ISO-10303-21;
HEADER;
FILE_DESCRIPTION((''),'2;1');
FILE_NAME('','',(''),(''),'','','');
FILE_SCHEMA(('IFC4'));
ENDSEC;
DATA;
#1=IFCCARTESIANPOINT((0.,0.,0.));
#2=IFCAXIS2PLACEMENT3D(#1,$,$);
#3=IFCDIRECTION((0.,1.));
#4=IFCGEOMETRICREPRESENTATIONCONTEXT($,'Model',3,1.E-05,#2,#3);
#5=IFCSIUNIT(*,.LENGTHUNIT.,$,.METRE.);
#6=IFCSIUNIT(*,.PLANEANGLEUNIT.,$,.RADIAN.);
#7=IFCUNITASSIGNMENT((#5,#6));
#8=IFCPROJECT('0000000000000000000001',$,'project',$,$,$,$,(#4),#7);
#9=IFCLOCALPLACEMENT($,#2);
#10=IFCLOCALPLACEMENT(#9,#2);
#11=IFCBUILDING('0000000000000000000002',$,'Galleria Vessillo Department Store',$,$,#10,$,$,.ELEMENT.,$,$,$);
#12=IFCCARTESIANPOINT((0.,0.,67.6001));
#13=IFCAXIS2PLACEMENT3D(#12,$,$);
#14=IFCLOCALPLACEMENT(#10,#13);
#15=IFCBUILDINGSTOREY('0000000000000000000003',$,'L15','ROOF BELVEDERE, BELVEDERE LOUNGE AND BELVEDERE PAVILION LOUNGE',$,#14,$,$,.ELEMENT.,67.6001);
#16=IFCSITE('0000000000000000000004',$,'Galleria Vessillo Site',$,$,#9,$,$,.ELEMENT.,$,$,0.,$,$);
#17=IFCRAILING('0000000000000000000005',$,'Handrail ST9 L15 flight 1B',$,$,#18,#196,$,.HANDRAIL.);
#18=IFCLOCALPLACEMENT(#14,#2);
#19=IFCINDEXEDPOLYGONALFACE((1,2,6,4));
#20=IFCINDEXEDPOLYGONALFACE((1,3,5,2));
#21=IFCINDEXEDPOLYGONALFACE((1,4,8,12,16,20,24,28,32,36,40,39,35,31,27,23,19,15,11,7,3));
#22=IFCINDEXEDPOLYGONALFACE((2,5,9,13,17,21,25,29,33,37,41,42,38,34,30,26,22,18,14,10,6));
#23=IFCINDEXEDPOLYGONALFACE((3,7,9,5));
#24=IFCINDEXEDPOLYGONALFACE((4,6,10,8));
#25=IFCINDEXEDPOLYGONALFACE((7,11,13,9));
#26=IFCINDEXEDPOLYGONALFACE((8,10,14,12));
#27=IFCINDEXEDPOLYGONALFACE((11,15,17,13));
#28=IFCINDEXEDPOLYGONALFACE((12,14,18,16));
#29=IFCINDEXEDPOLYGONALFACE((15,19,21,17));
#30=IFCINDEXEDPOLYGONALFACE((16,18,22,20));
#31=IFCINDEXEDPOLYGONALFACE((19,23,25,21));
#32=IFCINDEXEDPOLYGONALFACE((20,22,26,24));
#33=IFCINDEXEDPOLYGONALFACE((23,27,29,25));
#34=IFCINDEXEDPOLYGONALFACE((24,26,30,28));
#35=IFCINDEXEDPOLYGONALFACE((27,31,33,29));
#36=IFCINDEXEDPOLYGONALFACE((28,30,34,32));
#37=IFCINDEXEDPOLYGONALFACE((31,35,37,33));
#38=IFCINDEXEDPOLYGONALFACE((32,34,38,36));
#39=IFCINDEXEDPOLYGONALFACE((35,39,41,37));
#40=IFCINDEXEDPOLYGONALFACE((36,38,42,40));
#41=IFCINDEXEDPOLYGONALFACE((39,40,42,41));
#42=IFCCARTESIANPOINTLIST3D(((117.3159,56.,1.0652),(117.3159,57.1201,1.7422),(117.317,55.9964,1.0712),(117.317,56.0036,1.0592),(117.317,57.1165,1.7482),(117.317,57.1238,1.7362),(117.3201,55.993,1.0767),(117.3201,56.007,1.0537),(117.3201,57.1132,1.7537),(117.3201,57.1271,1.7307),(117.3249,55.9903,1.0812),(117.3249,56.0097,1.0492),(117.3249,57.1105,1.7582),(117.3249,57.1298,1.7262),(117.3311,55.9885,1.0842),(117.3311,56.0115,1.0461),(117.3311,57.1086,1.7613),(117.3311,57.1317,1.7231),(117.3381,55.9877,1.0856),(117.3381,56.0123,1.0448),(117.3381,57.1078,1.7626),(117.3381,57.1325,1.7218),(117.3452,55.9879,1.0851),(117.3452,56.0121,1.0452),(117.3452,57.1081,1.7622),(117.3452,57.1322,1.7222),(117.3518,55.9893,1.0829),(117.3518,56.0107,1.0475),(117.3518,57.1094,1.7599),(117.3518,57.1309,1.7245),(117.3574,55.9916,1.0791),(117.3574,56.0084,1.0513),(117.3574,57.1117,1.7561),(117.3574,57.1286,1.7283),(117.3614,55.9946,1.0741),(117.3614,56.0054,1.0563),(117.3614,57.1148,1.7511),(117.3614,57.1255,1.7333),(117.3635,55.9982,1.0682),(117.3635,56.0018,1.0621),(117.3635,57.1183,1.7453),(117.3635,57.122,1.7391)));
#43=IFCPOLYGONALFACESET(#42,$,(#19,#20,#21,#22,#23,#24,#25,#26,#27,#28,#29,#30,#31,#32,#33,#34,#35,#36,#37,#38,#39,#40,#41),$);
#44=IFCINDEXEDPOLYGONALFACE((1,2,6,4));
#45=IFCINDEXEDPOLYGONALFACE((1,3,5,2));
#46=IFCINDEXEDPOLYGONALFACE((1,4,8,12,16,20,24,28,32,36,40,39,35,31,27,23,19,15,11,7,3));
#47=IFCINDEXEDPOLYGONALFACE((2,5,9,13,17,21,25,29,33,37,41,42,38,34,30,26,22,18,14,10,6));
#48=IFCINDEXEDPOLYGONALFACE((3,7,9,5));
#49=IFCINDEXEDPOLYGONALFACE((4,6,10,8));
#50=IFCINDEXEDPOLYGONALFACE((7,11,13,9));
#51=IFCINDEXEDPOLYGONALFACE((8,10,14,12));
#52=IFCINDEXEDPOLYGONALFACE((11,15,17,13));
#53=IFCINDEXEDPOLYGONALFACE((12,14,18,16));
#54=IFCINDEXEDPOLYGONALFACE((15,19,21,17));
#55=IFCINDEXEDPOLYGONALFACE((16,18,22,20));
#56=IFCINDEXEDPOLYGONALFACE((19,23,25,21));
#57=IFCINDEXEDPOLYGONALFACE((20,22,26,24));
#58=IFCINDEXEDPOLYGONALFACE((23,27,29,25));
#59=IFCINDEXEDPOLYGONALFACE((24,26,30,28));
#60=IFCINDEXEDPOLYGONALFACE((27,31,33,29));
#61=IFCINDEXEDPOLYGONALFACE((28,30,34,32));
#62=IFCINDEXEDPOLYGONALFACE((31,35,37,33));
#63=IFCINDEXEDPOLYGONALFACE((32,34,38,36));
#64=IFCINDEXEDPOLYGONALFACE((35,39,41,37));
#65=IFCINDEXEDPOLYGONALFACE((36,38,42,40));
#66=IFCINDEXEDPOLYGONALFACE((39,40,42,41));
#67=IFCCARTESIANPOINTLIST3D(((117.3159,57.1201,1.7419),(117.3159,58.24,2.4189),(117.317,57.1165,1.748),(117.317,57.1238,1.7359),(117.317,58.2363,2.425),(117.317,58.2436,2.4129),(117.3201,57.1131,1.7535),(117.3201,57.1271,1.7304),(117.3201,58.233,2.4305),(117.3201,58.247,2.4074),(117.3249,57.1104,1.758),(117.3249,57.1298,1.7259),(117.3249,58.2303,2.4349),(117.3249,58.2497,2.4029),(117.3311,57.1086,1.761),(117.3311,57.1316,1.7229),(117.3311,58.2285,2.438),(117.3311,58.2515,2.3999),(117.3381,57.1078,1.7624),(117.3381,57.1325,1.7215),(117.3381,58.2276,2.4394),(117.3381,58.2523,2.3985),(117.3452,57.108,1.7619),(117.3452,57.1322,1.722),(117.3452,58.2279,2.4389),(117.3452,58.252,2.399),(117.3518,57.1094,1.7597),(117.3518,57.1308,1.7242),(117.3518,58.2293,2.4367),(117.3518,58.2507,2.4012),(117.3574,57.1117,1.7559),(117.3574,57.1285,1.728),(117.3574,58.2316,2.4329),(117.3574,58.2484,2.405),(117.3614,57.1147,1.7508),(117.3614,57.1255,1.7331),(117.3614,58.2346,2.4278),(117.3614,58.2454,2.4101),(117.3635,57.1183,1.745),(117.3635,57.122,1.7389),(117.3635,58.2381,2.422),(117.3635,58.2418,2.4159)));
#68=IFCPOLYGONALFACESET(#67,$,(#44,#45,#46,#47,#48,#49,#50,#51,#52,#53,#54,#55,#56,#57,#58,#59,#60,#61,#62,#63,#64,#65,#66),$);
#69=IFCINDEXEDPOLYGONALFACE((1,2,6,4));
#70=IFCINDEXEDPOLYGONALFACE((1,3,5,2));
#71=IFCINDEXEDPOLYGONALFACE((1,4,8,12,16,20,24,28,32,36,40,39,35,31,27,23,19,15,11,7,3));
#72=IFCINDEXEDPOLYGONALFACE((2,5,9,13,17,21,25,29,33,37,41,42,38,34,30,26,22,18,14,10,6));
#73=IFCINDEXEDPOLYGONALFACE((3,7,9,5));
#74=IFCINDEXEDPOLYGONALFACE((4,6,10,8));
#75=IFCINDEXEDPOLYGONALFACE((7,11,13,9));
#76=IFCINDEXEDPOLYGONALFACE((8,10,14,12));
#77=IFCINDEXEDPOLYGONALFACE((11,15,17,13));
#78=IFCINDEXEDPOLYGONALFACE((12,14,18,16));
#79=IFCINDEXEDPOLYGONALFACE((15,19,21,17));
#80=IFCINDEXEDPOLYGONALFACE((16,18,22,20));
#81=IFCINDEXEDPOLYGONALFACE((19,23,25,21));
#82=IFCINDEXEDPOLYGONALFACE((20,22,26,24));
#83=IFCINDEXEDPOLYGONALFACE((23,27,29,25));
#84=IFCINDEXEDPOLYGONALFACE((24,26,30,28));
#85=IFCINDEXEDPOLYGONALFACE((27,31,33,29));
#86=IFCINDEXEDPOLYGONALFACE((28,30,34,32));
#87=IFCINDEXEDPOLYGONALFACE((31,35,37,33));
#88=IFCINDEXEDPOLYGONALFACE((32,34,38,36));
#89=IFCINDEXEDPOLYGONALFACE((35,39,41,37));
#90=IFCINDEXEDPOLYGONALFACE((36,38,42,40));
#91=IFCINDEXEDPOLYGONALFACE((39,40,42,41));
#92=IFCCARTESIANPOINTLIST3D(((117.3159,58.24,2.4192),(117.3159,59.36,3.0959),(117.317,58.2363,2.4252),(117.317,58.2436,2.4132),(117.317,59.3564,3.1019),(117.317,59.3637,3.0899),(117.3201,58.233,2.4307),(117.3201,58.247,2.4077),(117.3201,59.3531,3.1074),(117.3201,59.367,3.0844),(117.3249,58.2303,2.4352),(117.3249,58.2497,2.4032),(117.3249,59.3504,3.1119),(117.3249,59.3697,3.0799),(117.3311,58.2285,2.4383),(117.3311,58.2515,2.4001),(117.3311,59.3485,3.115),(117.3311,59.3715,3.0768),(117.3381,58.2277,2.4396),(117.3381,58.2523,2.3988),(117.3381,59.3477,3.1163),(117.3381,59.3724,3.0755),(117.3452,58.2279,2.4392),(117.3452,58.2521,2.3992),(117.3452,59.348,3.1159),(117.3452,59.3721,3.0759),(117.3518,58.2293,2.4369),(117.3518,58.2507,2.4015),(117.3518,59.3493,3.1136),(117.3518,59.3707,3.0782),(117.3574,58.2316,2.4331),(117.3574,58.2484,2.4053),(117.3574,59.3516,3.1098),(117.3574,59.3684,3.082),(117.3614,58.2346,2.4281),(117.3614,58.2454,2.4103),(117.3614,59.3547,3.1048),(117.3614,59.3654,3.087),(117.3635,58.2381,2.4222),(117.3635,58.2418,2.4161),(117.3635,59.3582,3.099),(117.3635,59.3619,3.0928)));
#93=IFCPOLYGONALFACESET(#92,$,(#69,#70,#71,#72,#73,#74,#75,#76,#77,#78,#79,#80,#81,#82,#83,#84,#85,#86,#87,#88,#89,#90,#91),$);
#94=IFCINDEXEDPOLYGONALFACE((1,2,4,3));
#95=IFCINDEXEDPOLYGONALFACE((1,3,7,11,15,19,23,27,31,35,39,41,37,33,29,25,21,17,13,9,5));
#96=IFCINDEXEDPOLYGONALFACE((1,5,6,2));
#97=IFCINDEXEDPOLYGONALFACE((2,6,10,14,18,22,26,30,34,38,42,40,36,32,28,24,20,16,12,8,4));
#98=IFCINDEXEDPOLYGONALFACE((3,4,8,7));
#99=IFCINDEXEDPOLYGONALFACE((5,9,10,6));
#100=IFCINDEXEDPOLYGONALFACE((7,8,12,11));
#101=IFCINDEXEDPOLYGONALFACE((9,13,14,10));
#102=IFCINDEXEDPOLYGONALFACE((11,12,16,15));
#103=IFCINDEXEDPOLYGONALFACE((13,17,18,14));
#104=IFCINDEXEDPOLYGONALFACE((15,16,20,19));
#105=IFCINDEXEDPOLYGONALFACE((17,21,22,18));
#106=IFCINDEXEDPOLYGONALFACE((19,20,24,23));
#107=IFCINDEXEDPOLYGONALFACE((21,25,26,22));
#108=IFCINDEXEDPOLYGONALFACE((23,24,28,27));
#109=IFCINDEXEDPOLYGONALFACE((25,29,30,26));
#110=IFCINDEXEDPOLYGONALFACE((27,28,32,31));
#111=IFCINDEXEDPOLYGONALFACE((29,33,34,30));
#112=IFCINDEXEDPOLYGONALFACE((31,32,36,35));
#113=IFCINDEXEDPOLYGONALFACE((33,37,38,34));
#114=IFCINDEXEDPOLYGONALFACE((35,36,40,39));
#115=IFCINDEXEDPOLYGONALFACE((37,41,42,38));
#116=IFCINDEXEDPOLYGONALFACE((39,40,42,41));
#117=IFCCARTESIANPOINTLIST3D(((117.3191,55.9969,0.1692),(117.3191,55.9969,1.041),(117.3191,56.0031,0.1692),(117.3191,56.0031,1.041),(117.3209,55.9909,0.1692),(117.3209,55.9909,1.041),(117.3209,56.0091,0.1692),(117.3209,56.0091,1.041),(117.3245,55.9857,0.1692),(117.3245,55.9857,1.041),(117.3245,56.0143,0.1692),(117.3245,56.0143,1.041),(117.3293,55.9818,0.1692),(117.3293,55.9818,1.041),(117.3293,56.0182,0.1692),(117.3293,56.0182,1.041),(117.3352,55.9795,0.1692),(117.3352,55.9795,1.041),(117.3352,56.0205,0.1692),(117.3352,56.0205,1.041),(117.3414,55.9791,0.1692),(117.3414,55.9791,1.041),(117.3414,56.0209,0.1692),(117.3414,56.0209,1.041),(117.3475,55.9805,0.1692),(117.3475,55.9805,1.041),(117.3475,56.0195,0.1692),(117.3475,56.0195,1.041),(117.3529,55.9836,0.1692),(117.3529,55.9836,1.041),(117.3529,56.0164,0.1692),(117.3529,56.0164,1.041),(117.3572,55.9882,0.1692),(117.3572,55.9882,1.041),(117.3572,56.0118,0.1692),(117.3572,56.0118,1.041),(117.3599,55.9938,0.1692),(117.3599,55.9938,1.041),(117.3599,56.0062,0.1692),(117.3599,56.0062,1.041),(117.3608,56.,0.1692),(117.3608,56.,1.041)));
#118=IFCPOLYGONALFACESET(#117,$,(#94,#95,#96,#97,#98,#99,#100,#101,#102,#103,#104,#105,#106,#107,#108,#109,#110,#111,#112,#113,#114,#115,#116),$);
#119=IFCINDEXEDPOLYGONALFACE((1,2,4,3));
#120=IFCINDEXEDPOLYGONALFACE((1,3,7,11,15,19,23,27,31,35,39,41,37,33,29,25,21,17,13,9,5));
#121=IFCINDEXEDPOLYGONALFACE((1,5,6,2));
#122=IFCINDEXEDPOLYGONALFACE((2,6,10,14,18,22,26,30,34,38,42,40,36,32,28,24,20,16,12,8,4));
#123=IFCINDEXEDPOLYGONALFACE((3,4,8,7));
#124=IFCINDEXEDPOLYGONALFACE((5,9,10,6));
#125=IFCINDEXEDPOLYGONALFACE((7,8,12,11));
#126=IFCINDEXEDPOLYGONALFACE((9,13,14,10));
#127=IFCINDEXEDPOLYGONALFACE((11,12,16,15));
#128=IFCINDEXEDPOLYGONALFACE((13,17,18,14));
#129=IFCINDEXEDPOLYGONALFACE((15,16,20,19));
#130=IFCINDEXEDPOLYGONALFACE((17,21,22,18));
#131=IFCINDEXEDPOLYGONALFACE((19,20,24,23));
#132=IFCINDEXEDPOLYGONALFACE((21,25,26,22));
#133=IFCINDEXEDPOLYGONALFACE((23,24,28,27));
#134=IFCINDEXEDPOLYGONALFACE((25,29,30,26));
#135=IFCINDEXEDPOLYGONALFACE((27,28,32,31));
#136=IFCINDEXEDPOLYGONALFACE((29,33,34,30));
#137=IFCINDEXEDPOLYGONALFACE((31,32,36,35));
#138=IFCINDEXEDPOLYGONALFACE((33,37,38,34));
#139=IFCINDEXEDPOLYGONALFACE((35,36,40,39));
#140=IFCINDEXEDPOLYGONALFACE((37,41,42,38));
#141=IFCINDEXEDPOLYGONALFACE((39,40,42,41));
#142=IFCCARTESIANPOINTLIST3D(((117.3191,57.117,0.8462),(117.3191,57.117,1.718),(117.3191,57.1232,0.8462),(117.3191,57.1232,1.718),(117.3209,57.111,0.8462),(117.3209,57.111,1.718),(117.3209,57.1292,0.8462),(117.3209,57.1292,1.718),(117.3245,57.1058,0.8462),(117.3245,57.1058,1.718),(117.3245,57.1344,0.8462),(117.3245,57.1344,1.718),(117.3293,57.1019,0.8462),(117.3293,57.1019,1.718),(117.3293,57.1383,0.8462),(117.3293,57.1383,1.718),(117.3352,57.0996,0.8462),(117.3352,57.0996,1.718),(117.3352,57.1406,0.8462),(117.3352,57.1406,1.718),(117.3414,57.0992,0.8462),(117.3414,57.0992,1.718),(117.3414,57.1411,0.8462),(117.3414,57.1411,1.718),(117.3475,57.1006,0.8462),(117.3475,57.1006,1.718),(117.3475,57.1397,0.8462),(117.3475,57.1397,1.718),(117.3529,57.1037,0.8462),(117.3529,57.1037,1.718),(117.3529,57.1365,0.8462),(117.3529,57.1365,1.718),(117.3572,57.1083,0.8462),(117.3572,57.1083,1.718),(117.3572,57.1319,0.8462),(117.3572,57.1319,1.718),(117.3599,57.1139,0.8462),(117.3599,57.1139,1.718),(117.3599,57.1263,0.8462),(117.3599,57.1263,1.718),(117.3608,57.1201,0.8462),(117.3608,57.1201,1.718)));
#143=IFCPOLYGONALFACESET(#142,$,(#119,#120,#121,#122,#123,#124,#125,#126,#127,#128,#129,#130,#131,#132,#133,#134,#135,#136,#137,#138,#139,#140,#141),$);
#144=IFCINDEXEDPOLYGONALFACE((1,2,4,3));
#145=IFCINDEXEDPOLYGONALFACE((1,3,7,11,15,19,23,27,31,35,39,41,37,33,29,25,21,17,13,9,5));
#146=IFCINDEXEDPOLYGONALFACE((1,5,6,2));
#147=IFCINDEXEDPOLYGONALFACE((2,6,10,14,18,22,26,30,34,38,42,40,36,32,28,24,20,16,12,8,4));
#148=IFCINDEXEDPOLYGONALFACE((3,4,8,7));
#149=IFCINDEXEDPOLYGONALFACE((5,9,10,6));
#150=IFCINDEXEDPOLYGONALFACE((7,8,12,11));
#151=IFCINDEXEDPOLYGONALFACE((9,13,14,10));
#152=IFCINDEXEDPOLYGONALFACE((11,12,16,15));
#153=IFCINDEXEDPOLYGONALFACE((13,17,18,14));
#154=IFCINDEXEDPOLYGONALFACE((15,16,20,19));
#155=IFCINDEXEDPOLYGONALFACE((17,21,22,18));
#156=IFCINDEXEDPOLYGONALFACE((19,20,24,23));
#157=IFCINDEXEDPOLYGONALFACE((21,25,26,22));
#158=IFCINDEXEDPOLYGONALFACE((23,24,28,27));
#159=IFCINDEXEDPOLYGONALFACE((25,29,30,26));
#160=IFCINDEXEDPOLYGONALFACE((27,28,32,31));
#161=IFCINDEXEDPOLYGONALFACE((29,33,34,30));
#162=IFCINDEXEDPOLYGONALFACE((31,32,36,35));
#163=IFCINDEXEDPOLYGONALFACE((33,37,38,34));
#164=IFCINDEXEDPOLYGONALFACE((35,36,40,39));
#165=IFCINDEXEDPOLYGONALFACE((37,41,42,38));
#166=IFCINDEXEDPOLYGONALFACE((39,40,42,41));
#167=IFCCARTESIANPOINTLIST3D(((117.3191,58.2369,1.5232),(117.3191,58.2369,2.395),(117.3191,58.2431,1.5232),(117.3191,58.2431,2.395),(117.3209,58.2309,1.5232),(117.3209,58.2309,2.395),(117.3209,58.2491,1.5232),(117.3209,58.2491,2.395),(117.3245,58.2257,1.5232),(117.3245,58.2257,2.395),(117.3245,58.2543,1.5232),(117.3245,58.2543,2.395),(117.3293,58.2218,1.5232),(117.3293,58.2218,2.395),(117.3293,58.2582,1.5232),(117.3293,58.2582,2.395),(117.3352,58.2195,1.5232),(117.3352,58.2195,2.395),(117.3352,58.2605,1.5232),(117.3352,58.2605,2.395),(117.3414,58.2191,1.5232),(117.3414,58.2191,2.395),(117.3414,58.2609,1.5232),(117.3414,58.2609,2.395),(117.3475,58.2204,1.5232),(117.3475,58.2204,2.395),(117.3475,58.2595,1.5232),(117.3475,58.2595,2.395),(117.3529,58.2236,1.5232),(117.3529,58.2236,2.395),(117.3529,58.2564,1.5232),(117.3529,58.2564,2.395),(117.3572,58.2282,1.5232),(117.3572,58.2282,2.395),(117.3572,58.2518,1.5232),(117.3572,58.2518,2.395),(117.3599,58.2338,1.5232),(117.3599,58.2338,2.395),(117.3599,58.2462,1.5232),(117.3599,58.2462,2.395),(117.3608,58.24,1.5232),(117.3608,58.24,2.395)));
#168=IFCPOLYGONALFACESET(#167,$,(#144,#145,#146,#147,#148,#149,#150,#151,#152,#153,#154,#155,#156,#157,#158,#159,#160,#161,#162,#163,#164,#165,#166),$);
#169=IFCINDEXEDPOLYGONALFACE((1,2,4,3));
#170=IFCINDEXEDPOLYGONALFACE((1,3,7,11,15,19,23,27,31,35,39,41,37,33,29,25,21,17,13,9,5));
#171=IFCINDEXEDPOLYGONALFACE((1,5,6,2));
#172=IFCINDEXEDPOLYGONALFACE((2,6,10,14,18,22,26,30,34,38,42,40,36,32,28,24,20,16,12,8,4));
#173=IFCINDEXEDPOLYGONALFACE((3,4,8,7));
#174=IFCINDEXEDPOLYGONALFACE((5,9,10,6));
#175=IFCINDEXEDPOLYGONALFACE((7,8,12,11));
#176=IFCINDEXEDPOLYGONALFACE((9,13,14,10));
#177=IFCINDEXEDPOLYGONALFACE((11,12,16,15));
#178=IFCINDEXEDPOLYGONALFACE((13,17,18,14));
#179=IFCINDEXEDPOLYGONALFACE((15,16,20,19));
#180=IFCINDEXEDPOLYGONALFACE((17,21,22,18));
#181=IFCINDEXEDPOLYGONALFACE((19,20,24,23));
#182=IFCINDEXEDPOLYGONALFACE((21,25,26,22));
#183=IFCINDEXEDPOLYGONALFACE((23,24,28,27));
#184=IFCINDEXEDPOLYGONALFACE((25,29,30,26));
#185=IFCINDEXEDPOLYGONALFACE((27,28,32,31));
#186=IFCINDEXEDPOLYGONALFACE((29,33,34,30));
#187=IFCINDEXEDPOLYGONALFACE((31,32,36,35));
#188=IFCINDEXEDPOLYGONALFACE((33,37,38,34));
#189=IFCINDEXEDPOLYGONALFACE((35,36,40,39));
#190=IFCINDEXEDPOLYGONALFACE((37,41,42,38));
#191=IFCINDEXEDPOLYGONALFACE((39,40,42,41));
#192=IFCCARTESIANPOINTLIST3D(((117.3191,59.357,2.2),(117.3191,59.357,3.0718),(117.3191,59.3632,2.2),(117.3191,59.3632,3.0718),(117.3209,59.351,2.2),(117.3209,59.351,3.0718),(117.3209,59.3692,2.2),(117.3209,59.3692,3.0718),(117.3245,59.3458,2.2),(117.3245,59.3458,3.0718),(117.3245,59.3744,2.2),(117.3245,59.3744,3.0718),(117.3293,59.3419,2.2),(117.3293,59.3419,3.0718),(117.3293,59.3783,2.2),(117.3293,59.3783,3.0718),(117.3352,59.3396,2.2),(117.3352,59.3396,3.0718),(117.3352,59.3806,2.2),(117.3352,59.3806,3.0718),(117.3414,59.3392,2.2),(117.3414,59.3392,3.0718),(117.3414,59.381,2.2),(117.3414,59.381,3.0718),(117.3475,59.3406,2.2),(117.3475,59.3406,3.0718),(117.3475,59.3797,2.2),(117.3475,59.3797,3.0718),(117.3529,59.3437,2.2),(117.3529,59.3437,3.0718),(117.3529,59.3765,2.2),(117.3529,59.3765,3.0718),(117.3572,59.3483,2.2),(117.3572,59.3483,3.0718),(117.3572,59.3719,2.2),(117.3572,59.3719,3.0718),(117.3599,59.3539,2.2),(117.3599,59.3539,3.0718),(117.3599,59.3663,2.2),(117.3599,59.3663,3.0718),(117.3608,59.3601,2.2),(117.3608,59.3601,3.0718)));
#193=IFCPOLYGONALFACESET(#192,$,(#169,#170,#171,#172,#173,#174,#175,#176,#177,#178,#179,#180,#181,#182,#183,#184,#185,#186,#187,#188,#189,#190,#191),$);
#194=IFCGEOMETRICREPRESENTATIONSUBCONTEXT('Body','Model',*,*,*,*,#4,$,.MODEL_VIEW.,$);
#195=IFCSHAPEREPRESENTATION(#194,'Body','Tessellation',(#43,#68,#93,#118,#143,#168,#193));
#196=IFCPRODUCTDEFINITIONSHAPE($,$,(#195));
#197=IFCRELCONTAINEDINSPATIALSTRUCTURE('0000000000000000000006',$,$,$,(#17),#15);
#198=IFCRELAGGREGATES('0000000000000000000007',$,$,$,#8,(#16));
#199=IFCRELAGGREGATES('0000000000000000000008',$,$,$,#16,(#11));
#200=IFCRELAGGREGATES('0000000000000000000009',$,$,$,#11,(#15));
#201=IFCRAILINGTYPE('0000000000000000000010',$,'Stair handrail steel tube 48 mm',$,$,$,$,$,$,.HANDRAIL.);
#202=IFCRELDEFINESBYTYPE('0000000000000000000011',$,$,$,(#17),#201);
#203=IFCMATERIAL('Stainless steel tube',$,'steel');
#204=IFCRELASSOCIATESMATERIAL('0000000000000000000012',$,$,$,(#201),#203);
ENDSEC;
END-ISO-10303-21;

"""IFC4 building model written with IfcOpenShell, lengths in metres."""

from ifc_helpers import new_model, si_unit, direction, frame, origin, origin_2d, place, context, subcontext, project, spatial, circle, extrude, material, type_object, element, save


model = new_model("IFC4")

# Units and contexts
model_context = context("Model", 3, precision=1e-05, world=origin(), true_north=direction((0.0, 1.0)))
body_context = subcontext(model_context, "Body", "Model", "MODEL_VIEW")
ifc_project = project(units=[si_unit("LENGTHUNIT", "METRE"), si_unit("PLANEANGLEUNIT", "RADIAN")], contexts=[model_context])

# Site, building, storey
site_placement = place(None, origin())
site = spatial("IfcSite", under=ifc_project, at=site_placement, Name="Galleria Vessillo Site", CompositionType="ELEMENT", RefElevation=0.0)
building_placement = place(site_placement, origin())
building = spatial("IfcBuilding", under=site, at=building_placement, Name="Galleria Vessillo Department Store", CompositionType="ELEMENT")
storey_placement = place(building_placement, frame((0.0, 0.0, 67.6001)))
storey = spatial("IfcBuildingStorey", under=building, at=storey_placement, Name="L15", Description="ROOF BELVEDERE, BELVEDERE LOUNGE AND BELVEDERE PAVILION LOUNGE", CompositionType="ELEMENT", Elevation=67.6001)

# Railing
ifc_material_1 = material(Name="Stainless steel tube", Category="steel")
railing_type_1 = type_object("IfcRailingType", Name="Stair handrail steel tube 48 mm", PredefinedType="HANDRAIL", material=ifc_material_1)
for number, where, name in (
    (1, (117.3398, 56.0, 0.1692), "Handrail ST9 L15 flight 1B"),
):
    element("IfcRailing", number, at=place(storey_placement, frame(where)), inside=storey, type_object=railing_type_1, Name=name, PredefinedType="HANDRAIL", context=body_context, shape_type="SweptSolid", body=[
        extrude(circle(Radius=0.0239, at=origin_2d()), frame((0.0, 0.0, 0.896), z_axis=(0.0, 0.855826, 0.517264), x_axis=(-1.0, 0.0, 0.0)), (0.0, 0.0, 1.0), 1.3088),
        extrude(circle(Radius=0.0239, at=origin_2d()), frame((0.0, 1.1201, 1.5728), z_axis=(0.0, 0.855776, 0.517346), x_axis=(-1.0, 0.0, 0.0)), (0.0, 0.0, 1.0), 1.3086),
        extrude(circle(Radius=0.0239, at=origin_2d()), frame((0.0, 2.24, 2.25), z_axis=(0.0, 0.855909, 0.517127), x_axis=(-1.0, 0.0, 0.0)), (0.0, 0.0, 1.0), 1.3086),
        extrude(circle(Radius=0.021, at=origin_2d()), origin(), (0.0, 0.0, 1.0), 0.8718),
        extrude(circle(Radius=0.021, at=origin_2d()), frame((0.0, 1.1201, 0.677)), (0.0, 0.0, 1.0), 0.8718),
        extrude(circle(Radius=0.021, at=origin_2d()), frame((0.0, 2.24, 1.354)), (0.0, 0.0, 1.0), 0.8718),
        extrude(circle(Radius=0.021, at=origin_2d()), frame((0.0, 3.3601, 2.0308)), (0.0, 0.0, 1.0), 0.8718),
    ])

save(model, "model.ifc")
